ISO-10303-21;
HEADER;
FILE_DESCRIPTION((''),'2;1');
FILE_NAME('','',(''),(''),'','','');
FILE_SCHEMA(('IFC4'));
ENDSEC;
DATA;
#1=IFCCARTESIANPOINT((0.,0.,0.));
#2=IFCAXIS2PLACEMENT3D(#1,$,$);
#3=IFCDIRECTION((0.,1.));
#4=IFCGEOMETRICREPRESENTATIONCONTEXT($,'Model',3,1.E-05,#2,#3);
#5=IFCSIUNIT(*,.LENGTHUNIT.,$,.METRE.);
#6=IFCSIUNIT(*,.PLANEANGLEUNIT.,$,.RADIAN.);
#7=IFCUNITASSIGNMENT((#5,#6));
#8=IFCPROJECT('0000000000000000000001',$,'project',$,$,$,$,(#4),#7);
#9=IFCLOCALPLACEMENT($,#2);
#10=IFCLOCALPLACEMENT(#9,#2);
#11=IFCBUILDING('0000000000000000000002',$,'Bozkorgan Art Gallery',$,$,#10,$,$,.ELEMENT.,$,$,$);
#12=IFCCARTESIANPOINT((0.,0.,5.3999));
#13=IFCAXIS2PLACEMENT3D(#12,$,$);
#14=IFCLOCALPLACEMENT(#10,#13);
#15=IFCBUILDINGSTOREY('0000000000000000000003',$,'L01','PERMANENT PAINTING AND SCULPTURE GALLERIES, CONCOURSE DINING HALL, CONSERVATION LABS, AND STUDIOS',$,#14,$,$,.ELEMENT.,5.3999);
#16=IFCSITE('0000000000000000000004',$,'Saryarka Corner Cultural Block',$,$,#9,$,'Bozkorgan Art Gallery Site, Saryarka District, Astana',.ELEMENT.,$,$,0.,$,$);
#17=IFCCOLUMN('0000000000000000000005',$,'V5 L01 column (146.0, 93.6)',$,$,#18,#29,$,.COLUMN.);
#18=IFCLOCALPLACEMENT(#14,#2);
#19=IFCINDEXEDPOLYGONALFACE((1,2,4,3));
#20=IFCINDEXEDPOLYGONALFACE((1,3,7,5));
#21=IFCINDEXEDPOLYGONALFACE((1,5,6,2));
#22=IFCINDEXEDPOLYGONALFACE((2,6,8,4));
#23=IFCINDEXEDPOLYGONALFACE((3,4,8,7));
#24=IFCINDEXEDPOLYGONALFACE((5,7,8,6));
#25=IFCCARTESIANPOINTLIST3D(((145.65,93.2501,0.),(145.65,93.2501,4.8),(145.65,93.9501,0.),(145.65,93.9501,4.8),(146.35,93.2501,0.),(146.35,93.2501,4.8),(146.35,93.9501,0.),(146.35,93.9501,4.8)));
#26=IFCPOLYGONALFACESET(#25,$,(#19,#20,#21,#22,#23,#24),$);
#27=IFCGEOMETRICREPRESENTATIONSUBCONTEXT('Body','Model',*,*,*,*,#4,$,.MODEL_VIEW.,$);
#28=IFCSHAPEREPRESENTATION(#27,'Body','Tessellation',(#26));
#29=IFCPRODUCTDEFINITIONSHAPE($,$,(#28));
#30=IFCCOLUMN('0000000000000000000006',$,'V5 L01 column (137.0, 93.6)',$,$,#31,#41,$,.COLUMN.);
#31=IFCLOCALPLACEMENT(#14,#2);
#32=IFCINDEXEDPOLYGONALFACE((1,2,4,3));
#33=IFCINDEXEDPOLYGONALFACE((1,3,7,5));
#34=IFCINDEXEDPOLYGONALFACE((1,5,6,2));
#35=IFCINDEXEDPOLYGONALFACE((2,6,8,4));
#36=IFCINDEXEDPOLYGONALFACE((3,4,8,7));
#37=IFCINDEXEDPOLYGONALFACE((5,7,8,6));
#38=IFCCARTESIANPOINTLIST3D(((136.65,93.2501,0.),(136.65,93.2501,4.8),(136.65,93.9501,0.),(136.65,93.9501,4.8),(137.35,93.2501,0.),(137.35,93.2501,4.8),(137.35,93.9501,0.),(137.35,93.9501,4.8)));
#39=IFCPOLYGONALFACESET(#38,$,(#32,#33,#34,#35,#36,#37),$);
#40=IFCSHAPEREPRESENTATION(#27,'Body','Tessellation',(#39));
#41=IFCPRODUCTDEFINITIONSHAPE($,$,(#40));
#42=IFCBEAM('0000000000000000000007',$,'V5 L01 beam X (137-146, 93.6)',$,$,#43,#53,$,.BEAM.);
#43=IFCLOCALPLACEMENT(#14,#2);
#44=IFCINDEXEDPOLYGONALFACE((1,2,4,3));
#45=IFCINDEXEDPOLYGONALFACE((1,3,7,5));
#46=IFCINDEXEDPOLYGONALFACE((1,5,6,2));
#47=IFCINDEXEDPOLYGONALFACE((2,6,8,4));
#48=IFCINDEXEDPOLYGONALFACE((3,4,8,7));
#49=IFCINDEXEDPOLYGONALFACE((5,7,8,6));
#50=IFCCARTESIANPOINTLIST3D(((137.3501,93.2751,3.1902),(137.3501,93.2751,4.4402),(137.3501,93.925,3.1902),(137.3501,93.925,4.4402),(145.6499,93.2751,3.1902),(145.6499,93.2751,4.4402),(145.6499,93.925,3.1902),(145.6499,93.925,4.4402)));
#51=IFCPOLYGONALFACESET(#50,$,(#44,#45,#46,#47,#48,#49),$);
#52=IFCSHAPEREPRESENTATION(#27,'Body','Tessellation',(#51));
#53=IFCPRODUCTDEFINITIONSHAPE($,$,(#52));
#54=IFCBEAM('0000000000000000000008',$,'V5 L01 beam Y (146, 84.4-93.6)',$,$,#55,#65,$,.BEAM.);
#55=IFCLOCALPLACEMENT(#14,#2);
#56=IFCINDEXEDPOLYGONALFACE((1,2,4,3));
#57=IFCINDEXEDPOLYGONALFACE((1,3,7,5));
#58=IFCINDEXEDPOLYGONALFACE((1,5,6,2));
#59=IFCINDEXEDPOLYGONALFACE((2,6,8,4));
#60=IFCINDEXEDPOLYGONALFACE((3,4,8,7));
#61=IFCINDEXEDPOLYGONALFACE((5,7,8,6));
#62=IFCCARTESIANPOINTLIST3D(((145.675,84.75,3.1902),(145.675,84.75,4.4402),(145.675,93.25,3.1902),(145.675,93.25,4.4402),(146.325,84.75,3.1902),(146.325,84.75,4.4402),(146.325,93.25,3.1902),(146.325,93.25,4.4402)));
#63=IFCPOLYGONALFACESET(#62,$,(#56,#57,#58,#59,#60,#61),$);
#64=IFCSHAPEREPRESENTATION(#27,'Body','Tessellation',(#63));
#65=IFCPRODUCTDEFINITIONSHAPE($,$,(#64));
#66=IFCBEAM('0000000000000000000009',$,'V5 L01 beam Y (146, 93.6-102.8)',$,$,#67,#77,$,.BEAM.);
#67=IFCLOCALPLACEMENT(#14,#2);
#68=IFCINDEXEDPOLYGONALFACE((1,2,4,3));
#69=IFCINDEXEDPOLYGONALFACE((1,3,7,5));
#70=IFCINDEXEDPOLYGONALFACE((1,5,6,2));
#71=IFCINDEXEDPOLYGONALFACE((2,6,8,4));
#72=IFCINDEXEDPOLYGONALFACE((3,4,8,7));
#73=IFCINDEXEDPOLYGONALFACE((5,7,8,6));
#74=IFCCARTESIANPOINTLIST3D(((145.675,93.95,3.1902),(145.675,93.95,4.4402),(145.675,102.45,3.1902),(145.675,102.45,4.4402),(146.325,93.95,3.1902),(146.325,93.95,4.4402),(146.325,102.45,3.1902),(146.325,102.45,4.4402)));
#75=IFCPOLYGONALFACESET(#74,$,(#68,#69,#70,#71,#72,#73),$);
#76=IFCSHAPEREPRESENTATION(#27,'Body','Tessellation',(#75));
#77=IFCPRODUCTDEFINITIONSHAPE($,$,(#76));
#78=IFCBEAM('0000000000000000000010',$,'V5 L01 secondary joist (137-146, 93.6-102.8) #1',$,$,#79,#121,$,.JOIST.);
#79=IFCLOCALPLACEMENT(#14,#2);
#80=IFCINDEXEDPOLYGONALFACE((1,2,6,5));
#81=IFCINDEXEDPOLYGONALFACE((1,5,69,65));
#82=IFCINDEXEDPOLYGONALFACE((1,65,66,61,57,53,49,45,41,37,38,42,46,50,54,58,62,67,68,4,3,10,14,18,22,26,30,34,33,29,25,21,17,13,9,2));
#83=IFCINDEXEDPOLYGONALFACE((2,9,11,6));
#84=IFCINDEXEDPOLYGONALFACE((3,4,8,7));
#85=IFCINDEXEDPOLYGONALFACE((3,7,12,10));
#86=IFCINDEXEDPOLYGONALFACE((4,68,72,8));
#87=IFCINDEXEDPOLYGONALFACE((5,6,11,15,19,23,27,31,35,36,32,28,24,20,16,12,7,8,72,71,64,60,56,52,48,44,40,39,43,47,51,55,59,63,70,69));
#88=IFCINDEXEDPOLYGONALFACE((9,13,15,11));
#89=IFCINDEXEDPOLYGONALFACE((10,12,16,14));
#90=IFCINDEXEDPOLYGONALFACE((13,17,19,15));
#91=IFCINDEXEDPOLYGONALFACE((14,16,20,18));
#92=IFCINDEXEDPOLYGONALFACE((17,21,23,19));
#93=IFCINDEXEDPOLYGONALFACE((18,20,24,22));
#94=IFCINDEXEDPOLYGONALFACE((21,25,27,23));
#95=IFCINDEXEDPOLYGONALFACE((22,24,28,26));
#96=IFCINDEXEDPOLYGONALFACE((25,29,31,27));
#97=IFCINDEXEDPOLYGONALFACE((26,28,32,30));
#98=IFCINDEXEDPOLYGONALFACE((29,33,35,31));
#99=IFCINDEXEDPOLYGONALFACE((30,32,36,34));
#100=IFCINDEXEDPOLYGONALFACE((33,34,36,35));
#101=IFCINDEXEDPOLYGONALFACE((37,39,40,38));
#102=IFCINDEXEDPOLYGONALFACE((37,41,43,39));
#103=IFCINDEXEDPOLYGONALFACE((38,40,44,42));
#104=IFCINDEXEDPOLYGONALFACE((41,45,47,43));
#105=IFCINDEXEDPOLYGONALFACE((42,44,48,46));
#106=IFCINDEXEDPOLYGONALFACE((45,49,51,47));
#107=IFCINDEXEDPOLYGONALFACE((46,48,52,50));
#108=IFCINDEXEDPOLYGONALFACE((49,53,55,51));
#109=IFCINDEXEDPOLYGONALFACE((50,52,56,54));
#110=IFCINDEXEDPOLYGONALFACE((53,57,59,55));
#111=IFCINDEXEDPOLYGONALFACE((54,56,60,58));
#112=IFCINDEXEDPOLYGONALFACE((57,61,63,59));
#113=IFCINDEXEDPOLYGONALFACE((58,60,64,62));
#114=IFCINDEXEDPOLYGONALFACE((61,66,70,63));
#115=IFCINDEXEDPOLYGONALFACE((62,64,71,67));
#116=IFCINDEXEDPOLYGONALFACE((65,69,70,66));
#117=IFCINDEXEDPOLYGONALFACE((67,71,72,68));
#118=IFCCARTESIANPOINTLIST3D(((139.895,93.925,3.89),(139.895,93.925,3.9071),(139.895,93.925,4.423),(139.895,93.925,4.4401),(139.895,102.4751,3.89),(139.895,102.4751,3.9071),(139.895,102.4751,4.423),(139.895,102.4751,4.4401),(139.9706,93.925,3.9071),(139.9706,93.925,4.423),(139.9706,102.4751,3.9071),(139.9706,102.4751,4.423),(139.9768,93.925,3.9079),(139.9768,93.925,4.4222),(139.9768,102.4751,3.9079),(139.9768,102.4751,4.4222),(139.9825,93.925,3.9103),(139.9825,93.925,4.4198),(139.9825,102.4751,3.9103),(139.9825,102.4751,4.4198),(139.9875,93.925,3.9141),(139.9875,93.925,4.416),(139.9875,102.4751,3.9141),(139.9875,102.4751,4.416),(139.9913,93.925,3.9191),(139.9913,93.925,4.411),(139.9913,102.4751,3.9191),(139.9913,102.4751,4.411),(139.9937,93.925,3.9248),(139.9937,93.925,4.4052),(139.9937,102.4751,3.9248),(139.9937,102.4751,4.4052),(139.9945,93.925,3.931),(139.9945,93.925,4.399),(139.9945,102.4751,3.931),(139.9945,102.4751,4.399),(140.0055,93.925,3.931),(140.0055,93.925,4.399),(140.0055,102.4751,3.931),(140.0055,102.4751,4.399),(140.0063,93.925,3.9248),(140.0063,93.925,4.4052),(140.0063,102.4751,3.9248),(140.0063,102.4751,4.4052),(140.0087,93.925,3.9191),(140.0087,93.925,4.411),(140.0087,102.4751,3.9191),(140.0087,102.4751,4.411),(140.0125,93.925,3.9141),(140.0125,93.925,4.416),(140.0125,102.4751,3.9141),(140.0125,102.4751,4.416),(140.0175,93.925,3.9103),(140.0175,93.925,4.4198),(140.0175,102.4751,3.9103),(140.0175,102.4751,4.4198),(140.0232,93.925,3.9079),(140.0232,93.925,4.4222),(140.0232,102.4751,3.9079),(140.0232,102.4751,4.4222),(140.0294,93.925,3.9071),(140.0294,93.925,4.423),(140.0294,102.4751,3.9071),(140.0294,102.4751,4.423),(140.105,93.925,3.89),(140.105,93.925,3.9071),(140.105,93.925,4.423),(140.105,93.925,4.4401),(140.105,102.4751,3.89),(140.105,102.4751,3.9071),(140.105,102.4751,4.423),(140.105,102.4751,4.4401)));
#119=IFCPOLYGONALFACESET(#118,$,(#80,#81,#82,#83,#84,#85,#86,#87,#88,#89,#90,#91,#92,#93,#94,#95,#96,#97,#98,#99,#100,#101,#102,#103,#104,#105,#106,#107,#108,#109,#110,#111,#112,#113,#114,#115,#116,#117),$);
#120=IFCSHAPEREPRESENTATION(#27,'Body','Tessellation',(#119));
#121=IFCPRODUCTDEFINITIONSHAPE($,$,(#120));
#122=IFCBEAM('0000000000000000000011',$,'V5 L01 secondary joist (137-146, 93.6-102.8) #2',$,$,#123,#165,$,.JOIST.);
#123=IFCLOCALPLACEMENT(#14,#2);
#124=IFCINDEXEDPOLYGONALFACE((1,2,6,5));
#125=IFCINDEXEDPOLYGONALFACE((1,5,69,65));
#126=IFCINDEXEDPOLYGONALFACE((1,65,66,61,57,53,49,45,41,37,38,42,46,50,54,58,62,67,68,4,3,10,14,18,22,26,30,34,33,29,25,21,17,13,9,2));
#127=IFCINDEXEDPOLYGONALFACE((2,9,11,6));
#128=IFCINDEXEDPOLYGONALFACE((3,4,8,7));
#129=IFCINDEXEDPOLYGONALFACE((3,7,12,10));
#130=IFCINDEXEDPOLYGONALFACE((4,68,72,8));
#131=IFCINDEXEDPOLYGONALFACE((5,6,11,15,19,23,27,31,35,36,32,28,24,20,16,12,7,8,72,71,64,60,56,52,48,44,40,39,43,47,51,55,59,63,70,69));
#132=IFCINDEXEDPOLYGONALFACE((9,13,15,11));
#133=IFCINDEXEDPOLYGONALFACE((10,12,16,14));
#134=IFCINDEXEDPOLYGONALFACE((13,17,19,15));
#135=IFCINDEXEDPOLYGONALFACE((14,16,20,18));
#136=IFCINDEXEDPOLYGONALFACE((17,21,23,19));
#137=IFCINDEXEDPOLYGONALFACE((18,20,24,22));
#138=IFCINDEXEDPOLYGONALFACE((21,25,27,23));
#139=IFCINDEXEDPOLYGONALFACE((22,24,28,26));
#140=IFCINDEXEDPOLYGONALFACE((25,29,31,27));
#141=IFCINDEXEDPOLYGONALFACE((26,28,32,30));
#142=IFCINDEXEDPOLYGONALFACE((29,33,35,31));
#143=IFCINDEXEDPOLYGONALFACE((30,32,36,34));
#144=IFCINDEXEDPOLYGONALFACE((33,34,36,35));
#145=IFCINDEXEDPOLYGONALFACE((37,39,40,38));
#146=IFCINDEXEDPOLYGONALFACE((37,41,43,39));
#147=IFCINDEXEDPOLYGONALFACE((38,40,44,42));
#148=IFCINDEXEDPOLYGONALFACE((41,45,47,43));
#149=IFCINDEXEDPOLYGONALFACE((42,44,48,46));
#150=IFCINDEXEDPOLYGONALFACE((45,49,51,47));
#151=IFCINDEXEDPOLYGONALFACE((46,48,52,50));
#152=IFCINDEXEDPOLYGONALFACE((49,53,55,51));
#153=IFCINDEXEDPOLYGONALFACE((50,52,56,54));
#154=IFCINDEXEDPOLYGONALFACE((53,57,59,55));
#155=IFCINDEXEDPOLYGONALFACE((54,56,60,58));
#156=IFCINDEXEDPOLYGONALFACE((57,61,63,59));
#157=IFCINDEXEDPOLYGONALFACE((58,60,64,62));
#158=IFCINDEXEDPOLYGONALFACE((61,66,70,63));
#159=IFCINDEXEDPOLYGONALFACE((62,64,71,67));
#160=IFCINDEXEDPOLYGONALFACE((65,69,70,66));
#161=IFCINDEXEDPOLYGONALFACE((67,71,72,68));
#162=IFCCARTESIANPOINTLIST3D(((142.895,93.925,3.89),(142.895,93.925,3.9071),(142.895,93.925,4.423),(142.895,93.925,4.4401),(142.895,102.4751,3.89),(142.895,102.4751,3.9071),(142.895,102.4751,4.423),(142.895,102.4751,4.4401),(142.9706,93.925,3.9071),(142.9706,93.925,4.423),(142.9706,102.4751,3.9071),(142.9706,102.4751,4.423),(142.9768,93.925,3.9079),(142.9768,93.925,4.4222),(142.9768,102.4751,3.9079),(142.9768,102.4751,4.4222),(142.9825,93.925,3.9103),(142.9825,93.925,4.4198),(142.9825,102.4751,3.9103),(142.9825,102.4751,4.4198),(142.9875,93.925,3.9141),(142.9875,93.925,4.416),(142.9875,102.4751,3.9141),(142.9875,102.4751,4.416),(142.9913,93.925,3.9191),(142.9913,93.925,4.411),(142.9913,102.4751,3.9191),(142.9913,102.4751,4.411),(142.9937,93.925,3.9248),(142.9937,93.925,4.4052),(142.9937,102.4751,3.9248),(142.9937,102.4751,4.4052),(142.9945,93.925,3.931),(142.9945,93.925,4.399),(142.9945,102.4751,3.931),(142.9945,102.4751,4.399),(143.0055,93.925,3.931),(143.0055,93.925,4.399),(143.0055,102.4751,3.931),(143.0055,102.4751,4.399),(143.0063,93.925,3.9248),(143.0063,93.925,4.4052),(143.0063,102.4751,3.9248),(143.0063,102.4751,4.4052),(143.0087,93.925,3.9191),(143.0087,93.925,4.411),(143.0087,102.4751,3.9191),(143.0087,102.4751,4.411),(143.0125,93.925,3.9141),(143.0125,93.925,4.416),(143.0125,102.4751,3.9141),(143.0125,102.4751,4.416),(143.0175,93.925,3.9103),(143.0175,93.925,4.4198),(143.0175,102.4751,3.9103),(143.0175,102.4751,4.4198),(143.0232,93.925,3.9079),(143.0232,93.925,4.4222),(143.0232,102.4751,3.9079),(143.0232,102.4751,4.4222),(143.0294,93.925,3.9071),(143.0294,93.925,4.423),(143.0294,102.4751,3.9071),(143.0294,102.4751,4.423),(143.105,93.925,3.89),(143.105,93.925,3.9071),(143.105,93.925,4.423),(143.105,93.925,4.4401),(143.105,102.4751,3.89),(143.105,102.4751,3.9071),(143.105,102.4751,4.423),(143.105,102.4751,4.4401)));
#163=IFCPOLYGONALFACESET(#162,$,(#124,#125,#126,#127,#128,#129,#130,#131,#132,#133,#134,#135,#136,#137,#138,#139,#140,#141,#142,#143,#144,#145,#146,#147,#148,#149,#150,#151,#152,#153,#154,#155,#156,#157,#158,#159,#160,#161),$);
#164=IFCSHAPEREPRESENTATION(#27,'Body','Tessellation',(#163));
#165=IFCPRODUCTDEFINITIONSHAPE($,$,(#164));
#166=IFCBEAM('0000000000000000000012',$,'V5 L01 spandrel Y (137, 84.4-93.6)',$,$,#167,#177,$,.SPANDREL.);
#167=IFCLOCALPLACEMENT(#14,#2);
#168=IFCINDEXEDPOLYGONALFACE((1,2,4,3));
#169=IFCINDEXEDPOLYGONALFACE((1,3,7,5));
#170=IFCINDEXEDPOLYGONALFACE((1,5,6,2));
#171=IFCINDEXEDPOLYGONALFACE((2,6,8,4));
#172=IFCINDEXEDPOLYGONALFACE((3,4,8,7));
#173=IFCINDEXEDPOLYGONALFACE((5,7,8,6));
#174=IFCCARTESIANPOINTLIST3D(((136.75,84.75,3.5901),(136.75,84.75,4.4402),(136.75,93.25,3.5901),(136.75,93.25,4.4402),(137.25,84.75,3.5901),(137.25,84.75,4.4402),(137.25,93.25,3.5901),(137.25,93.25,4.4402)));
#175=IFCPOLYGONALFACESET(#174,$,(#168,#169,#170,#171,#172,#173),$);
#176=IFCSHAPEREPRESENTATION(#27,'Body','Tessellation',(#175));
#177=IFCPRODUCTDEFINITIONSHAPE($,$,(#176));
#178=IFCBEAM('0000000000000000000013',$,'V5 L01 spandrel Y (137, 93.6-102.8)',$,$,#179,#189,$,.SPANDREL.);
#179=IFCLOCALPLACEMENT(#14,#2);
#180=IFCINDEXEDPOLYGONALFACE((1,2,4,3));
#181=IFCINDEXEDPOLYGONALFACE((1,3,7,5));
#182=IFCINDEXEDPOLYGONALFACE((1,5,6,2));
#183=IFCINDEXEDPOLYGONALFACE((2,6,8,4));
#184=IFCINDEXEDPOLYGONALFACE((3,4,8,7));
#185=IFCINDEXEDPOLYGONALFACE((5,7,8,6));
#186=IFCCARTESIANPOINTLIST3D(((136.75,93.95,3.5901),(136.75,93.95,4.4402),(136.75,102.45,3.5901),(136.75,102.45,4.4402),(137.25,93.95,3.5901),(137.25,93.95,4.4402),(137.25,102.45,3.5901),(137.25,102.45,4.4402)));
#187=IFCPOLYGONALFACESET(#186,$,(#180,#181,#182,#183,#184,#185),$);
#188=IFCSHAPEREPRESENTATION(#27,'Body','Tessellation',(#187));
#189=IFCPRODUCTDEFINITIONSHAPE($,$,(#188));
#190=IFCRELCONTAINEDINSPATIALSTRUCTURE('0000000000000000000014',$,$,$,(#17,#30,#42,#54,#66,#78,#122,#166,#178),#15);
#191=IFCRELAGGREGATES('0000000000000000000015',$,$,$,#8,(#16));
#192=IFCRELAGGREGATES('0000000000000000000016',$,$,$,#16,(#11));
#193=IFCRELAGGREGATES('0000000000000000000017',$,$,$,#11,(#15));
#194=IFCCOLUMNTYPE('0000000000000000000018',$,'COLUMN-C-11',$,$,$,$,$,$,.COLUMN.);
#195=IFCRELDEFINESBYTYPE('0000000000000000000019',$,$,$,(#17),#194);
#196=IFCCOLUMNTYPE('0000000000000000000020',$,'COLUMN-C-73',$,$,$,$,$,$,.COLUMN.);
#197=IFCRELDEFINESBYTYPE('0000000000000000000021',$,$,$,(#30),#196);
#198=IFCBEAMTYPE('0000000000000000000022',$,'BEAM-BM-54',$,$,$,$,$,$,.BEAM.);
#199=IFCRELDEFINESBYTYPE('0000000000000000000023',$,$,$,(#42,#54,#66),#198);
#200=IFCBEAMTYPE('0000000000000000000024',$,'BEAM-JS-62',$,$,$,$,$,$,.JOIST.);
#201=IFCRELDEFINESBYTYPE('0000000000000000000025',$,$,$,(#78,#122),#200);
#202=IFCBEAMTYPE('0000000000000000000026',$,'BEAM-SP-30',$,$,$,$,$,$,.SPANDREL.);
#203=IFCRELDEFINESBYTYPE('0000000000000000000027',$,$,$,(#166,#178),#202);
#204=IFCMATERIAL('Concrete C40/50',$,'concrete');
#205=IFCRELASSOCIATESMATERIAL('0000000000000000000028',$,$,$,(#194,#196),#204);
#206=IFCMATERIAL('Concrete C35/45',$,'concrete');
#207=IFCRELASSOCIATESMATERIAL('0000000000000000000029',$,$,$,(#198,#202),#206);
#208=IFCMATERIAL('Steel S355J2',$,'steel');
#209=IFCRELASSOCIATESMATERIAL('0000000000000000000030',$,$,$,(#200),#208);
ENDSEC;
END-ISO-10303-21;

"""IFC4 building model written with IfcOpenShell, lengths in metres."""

from ifc_helpers import new_model, si_unit, direction, frame, origin, origin_2d, place, context, subcontext, project, spatial, rectangle, i_section, extrude, material, material_profile, profile_set, type_object, element, save


model = new_model("IFC4")

# Units and contexts
model_context = context("Model", 3, precision=1e-05, world=origin(), true_north=direction((0.0, 1.0)))
body_context = subcontext(model_context, "Body", "Model", "MODEL_VIEW")
ifc_project = project(units=[si_unit("LENGTHUNIT", "METRE"), si_unit("PLANEANGLEUNIT", "RADIAN")], contexts=[model_context])

# Site, building, storey
site_placement = place(None, origin())
site = spatial("IfcSite", under=ifc_project, at=site_placement, Name="Saryarka Corner Cultural Block", LongName="Bozkorgan Art Gallery Site, Saryarka District, Astana", CompositionType="ELEMENT", RefElevation=0.0)
building_placement = place(site_placement, origin())
building = spatial("IfcBuilding", under=site, at=building_placement, Name="Bozkorgan Art Gallery", CompositionType="ELEMENT")
storey_placement = place(building_placement, frame((0.0, 0.0, 5.3999)))
storey = spatial("IfcBuildingStorey", under=building, at=storey_placement, Name="L01", Description="PERMANENT PAINTING AND SCULPTURE GALLERIES, CONCOURSE DINING HALL, CONSERVATION LABS, AND STUDIOS", CompositionType="ELEMENT", Elevation=5.3999)

# Columns
ifc_material_1 = material(Name="Concrete C40/50", Category="concrete")
ifc_material_profile_1 = material_profile(ifc_material_1, rectangle(XDim=0.7, YDim=0.7, at=origin_2d()), Name="RC 700x700")
ifc_profile_set_1 = profile_set([ifc_material_profile_1], Name="Concrete C40/50")
column_type_1 = type_object("IfcColumnType", Name="COLUMN-C-11", PredefinedType="COLUMN", material=ifc_profile_set_1)
column_1_placement = place(storey_placement, frame((146.0, 93.6001, 0.0), z_axis=(0.0, 0.0, 1.0), x_axis=(1.0, 0.0, 0.0)))
element("IfcColumn", 1, at=column_1_placement, inside=storey, type_object=column_type_1, Name="V5 L01 column (146.0, 93.6)", PredefinedType="COLUMN", context=body_context, shape_type="SweptSolid", body=[
    extrude(rectangle(XDim=0.7, YDim=0.7, at=origin_2d()), origin(), (0.0, 0.0, 1.0), 4.8),
])
ifc_material_profile_2 = material_profile(ifc_material_1, rectangle(XDim=0.7, YDim=0.7, at=origin_2d()), Name="RC 700x700")
ifc_profile_set_2 = profile_set([ifc_material_profile_2], Name="Concrete C40/50")
column_type_2 = type_object("IfcColumnType", Name="COLUMN-C-73", PredefinedType="COLUMN", material=ifc_profile_set_2)
column_2_placement = place(storey_placement, frame((137.0, 93.6001, 0.0), z_axis=(0.0, 0.0, 1.0), x_axis=(1.0, 0.0, 0.0)))
element("IfcColumn", 2, at=column_2_placement, inside=storey, type_object=column_type_2, Name="V5 L01 column (137.0, 93.6)", PredefinedType="COLUMN", context=body_context, shape_type="SweptSolid", body=[
    extrude(rectangle(XDim=0.7, YDim=0.7, at=origin_2d()), origin(), (0.0, 0.0, 1.0), 4.8),
])

# Beams
ifc_material_2 = material(Name="Concrete C35/45", Category="concrete")
ifc_material_profile_3 = material_profile(ifc_material_2, rectangle(XDim=0.6499, YDim=1.25, at=origin_2d()), Name="RC 650x1250")
ifc_profile_set_3 = profile_set([ifc_material_profile_3], Name="Concrete C35/45")
beam_type_1 = type_object("IfcBeamType", Name="BEAM-BM-54", PredefinedType="BEAM", material=ifc_profile_set_3)
beam_placement = place(storey_placement, frame((137.3501, 93.6001, 3.8152), z_axis=(1.0, 0.0, 0.0), x_axis=(0.0, 1.0, 0.0)))
element("IfcBeam", 3, at=beam_placement, inside=storey, type_object=beam_type_1, Name="V5 L01 beam X (137-146, 93.6)", PredefinedType="BEAM", context=body_context, shape_type="SweptSolid", body=[
    extrude(rectangle(XDim=0.6499, YDim=1.25, at=origin_2d()), origin(), (0.0, 0.0, 1.0), 8.2998),
])
for number, where, z_axis, x_axis, name in (
    (4, (146.0, 84.75, 3.8152), (0.0, 1.0, 0.0), (-1.0, 0.0, 0.0), "V5 L01 beam Y (146, 84.4-93.6)"),
    (5, (146.0, 93.95, 3.8152), (0.0, 1.0, 0.0), (-1.0, 0.0, 0.0), "V5 L01 beam Y (146, 93.6-102.8)"),
):
    element("IfcBeam", number, at=place(storey_placement, frame(where, z_axis=z_axis, x_axis=x_axis)), inside=storey, type_object=beam_type_1, Name=name, PredefinedType="BEAM", context=body_context, shape_type="SweptSolid", body=[
        extrude(rectangle(XDim=0.6499, YDim=1.25, at=origin_2d()), origin(), (0.0, 0.0, 1.0), 8.5),
    ])
ifc_material_3 = material(Name="Steel S355J2", Category="steel")
ifc_material_profile_4 = material_profile(ifc_material_3, i_section(OverallWidth=0.21, OverallDepth=0.55, WebThickness=0.011, FlangeThickness=0.0171, FilletRadius=0.0239, at=origin_2d()), Name="IPE 550")
ifc_profile_set_4 = profile_set([ifc_material_profile_4], Name="Steel S355J2")
beam_type_2 = type_object("IfcBeamType", Name="BEAM-JS-62", PredefinedType="JOIST", material=ifc_profile_set_4)
for number, where, z_axis, x_axis, name in (
    (6, (140.0, 93.925, 4.165), (0.0, 1.0, 0.0), (-1.0, 0.0, 0.0), "V5 L01 secondary joist (137-146, 93.6-102.8) #1"),
    (7, (143.0, 93.925, 4.165), (0.0, 1.0, 0.0), (-1.0, 0.0, 0.0), "V5 L01 secondary joist (137-146, 93.6-102.8) #2"),
):
    element("IfcBeam", number, at=place(storey_placement, frame(where, z_axis=z_axis, x_axis=x_axis)), inside=storey, type_object=beam_type_2, Name=name, PredefinedType="JOIST", context=body_context, shape_type="SweptSolid", body=[
        extrude(i_section(OverallWidth=0.21, OverallDepth=0.55, WebThickness=0.011, FlangeThickness=0.0171, FilletRadius=0.0239, at=origin_2d()), origin(), (0.0, 0.0, 1.0), 8.55),
    ])
ifc_material_profile_5 = material_profile(ifc_material_2, rectangle(XDim=0.5, YDim=0.8501, at=origin_2d()), Name="RC 500x850")
ifc_profile_set_5 = profile_set([ifc_material_profile_5], Name="Concrete C35/45")
beam_type_3 = type_object("IfcBeamType", Name="BEAM-SP-30", PredefinedType="SPANDREL", material=ifc_profile_set_5)
for number, where, z_axis, x_axis, name in (
    (8, (137.0, 84.75, 4.0151), (0.0, 1.0, 0.0), (-1.0, 0.0, 0.0), "V5 L01 spandrel Y (137, 84.4-93.6)"),
    (9, (137.0, 93.95, 4.0151), (0.0, 1.0, 0.0), (-1.0, 0.0, 0.0), "V5 L01 spandrel Y (137, 93.6-102.8)"),
):
    element("IfcBeam", number, at=place(storey_placement, frame(where, z_axis=z_axis, x_axis=x_axis)), inside=storey, type_object=beam_type_3, Name=name, PredefinedType="SPANDREL", context=body_context, shape_type="SweptSolid", body=[
        extrude(rectangle(XDim=0.5, YDim=0.8501, at=origin_2d()), origin(), (0.0, 0.0, 1.0), 8.5),
    ])

save(model, "model.ifc")
